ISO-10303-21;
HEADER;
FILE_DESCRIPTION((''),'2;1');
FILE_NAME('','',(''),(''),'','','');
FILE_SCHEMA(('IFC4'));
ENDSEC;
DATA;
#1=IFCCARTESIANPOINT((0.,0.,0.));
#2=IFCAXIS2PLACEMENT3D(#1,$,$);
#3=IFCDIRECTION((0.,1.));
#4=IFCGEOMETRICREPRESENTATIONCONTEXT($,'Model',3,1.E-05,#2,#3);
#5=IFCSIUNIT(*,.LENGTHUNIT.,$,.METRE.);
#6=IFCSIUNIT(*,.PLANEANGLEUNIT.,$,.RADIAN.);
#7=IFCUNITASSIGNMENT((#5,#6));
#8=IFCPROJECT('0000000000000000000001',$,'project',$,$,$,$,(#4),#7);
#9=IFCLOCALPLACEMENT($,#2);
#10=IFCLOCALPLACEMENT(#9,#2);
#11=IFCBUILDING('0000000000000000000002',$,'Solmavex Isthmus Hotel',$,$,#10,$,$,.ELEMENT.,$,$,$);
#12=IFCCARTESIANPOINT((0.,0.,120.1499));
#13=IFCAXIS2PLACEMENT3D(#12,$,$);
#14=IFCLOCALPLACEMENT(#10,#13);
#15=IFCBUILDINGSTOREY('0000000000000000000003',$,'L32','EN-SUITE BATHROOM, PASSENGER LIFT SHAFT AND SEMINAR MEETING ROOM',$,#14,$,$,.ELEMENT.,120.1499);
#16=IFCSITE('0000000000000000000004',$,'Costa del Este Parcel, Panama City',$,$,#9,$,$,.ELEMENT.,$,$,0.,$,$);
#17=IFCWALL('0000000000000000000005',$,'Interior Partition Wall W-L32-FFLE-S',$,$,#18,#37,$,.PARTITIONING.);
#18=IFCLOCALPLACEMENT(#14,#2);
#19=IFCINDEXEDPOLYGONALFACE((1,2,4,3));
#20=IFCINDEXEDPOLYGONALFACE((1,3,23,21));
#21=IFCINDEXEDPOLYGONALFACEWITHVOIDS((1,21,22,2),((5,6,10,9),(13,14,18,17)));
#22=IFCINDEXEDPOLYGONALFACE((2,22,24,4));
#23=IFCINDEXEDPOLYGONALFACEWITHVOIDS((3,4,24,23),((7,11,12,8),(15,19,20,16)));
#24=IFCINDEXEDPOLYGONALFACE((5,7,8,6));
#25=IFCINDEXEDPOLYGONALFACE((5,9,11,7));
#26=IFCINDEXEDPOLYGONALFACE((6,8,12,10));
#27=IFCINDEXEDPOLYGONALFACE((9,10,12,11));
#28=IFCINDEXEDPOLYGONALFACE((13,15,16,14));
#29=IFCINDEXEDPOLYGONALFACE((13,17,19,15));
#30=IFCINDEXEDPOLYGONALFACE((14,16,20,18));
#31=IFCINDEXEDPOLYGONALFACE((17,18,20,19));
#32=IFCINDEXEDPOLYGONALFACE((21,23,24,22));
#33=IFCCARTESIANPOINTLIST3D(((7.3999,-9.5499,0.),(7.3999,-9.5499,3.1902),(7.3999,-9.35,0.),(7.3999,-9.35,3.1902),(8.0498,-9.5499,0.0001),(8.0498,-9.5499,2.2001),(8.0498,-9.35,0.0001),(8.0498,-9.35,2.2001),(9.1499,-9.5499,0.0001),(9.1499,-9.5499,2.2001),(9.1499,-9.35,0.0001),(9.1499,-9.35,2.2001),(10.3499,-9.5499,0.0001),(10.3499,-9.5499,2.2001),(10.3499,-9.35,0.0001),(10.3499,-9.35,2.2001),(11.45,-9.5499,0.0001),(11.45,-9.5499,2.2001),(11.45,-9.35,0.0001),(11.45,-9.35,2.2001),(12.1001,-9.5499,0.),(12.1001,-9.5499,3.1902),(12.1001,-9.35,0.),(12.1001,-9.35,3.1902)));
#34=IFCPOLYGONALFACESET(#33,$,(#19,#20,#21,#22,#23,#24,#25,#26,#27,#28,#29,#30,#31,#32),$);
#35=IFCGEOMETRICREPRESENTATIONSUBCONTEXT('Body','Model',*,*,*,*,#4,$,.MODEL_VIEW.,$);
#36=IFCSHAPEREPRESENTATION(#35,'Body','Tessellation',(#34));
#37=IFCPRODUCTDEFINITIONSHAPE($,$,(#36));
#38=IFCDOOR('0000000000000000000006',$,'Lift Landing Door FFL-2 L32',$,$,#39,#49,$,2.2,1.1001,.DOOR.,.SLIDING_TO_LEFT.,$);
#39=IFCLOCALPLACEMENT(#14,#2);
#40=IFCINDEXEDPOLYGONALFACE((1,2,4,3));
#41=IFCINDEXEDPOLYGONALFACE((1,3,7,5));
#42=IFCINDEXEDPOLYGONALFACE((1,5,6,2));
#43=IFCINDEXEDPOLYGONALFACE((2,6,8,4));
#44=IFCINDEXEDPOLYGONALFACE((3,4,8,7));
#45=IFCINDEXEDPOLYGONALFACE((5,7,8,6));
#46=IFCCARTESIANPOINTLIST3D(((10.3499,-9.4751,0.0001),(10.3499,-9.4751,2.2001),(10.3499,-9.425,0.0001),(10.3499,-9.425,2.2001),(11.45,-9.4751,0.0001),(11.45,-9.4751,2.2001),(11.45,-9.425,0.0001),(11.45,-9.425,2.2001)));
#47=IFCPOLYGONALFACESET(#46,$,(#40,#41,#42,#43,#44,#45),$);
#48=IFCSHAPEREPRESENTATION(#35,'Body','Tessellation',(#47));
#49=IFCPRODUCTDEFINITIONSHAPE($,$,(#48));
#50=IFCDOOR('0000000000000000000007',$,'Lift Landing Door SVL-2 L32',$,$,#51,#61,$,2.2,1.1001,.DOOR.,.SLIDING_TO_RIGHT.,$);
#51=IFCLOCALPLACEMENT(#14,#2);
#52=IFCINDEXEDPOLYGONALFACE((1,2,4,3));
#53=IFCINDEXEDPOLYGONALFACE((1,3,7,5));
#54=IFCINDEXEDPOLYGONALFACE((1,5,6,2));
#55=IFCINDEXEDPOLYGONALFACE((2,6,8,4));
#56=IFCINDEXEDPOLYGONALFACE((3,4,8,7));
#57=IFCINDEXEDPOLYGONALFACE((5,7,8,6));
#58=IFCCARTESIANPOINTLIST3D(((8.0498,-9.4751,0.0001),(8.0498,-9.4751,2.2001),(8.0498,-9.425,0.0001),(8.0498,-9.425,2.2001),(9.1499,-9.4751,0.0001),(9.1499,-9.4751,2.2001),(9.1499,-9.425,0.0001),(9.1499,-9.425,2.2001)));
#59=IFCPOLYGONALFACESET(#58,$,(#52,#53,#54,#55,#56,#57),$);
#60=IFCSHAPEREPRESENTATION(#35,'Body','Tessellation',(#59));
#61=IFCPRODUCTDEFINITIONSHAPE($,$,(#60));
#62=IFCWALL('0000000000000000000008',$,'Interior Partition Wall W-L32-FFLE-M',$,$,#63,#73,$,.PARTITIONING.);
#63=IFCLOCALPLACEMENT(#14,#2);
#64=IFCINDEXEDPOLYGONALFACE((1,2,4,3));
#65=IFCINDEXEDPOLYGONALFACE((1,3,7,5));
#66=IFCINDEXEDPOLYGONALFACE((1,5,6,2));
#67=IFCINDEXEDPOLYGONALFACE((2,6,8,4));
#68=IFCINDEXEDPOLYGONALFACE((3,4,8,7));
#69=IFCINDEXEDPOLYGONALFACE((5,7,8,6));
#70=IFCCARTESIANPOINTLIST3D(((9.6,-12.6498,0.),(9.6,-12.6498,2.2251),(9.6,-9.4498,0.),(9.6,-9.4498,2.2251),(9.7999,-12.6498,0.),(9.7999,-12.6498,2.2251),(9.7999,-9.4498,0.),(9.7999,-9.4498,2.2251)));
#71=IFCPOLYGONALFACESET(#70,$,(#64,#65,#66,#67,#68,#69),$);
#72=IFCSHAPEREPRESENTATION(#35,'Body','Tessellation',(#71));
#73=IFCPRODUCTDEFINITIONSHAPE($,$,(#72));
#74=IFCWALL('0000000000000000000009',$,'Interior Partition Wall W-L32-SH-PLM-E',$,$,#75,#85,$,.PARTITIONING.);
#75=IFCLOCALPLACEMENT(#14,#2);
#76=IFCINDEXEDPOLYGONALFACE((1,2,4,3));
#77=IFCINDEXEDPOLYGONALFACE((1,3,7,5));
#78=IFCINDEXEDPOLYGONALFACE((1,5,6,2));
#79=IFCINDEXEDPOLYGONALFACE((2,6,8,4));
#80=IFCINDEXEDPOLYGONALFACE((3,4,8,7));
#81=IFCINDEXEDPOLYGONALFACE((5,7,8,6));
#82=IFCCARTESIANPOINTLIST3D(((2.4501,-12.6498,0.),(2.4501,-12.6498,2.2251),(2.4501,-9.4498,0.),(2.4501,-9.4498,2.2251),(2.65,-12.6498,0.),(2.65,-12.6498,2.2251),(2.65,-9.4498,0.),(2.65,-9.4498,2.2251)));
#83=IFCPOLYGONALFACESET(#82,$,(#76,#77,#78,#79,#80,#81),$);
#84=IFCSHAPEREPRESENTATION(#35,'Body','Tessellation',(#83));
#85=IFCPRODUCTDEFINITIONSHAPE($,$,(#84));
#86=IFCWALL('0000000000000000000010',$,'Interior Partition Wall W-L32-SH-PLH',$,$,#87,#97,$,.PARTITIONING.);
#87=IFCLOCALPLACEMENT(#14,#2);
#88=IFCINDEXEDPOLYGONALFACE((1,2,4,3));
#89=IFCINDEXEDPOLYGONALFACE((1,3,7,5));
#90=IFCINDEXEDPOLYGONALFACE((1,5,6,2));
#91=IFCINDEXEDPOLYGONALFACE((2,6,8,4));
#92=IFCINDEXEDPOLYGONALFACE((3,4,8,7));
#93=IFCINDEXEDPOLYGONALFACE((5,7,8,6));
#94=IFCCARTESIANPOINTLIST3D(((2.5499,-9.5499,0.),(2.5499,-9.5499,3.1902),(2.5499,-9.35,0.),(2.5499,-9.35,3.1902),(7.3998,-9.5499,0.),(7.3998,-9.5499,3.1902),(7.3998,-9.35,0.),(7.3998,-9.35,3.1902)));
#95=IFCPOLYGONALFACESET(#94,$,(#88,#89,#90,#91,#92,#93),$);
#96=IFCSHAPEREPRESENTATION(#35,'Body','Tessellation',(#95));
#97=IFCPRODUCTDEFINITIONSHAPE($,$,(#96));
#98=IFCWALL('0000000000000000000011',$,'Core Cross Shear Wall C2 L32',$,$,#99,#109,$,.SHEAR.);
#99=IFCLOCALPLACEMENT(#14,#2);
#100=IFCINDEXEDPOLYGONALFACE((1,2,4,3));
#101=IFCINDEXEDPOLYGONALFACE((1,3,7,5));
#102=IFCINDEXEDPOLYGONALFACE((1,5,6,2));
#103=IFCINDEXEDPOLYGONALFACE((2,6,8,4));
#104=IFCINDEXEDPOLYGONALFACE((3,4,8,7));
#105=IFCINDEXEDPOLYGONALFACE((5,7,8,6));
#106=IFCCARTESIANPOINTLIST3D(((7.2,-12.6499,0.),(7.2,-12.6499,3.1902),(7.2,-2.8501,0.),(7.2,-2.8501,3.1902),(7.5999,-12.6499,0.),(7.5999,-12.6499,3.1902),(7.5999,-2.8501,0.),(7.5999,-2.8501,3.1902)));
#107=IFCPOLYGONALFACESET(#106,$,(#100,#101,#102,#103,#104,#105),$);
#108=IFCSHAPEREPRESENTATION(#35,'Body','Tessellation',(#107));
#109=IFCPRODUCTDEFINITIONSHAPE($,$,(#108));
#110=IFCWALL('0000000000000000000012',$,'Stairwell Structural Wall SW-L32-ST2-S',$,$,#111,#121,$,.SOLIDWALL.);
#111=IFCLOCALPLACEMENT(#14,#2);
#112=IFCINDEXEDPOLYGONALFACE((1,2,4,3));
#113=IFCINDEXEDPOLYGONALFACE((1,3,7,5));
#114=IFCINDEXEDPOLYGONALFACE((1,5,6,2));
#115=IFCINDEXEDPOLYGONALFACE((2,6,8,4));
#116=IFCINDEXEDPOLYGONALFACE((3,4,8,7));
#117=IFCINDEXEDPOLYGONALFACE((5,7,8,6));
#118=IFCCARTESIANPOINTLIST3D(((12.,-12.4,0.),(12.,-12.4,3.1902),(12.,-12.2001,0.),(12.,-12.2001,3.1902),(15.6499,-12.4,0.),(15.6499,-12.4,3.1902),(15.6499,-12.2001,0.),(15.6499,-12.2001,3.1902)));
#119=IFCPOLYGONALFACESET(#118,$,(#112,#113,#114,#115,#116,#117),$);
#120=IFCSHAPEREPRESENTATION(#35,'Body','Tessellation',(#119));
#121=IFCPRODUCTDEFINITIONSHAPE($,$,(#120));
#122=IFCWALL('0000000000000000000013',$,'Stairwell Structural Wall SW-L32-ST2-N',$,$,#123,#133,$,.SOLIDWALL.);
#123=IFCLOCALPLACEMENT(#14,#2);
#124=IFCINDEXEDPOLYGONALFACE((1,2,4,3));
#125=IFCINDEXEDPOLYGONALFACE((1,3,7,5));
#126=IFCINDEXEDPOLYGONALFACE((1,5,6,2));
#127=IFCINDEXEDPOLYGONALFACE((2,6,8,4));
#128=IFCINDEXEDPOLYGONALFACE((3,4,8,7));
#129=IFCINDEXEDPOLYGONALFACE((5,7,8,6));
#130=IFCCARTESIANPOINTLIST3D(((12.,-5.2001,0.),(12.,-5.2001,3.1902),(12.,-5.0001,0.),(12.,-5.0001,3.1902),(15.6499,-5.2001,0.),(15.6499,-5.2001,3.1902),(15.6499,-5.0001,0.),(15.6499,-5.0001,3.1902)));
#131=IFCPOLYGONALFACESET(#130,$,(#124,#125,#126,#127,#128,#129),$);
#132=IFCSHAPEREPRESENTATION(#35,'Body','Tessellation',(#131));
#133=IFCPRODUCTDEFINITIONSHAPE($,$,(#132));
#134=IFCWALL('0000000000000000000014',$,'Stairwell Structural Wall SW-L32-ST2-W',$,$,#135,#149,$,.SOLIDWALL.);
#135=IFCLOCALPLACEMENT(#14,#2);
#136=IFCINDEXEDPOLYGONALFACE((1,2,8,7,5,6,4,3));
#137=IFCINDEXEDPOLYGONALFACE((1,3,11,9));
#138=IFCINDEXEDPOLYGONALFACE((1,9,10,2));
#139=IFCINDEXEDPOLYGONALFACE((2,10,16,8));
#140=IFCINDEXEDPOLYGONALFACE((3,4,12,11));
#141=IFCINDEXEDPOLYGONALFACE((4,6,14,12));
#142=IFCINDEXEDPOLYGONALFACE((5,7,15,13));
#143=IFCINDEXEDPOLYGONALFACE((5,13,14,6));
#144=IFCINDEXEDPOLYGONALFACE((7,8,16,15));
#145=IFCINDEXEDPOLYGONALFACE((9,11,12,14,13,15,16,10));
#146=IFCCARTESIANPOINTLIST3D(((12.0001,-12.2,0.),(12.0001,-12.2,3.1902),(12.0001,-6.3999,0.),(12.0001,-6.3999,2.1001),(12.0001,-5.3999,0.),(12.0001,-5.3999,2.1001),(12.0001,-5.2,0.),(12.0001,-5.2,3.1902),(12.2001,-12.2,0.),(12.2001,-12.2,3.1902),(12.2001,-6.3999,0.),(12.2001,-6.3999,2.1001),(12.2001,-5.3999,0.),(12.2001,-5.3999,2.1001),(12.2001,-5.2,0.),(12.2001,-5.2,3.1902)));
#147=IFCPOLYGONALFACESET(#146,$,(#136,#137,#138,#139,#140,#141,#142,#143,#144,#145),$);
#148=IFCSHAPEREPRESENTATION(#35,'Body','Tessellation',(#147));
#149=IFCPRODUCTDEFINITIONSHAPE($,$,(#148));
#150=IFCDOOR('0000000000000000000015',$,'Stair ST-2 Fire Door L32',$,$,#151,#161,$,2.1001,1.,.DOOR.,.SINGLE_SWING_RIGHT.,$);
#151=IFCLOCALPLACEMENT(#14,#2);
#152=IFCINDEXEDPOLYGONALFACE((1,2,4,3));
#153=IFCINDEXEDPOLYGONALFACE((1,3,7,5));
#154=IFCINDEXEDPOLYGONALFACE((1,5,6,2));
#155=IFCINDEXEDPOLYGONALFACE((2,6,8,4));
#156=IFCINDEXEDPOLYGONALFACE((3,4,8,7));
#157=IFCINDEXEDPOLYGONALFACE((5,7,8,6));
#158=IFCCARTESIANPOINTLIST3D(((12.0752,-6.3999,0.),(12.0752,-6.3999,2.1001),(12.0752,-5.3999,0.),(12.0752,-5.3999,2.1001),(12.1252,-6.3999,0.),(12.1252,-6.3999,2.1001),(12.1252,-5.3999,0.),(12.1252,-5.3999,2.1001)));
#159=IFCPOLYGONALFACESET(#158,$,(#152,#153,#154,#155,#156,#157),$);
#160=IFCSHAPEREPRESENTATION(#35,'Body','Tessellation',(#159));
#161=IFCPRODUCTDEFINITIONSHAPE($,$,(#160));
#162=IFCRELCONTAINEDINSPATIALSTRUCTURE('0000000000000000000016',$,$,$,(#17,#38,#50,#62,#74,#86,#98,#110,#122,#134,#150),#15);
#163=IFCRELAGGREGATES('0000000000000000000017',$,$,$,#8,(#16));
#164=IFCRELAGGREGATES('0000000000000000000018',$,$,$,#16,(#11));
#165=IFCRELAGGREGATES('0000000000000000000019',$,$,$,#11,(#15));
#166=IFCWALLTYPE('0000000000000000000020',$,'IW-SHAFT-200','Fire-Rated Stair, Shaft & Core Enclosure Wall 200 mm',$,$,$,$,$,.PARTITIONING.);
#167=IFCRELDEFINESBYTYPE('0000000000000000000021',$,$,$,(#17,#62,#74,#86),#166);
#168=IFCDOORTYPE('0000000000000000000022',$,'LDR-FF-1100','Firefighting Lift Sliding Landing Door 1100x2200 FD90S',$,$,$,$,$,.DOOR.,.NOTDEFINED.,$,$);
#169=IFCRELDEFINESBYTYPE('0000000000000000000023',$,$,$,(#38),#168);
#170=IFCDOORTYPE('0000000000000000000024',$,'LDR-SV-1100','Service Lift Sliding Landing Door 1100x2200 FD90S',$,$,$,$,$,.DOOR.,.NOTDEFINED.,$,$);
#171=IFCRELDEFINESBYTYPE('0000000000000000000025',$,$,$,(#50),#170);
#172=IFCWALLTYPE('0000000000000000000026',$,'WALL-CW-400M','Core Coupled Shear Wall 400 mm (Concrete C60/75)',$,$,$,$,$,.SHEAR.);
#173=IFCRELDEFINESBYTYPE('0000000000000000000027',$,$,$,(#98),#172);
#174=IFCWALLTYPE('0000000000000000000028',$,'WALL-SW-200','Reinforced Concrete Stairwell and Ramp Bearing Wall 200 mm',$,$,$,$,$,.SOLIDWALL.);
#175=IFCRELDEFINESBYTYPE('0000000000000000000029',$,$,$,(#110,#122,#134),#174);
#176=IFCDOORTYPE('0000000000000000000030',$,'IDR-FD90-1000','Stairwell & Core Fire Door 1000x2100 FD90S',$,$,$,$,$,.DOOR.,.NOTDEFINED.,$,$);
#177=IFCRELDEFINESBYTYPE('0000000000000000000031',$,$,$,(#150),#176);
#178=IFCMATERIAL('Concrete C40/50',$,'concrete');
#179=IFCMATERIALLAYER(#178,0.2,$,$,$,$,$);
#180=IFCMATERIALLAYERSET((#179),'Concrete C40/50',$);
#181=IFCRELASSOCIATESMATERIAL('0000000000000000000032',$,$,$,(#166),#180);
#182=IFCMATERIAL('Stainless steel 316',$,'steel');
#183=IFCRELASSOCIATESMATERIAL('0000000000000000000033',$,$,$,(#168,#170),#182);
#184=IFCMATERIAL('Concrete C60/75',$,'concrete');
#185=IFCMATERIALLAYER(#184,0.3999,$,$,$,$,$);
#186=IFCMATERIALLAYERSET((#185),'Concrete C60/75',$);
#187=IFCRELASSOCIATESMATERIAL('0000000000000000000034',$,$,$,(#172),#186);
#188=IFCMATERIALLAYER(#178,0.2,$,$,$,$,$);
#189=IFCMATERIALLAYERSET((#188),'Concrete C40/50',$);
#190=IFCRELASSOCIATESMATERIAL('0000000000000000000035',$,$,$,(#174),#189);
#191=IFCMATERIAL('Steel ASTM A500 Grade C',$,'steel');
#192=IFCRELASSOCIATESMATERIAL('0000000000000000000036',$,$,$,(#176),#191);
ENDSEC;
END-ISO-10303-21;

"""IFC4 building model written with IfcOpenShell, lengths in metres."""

from ifc_helpers import new_model, si_unit, direction, frame, frame_2d, origin, place, context, subcontext, project, spatial, rectangle, extrude, material, layer, layer_set, type_object, element, fill, save


model = new_model("IFC4")

# Units and contexts
model_context = context("Model", 3, precision=1e-05, world=origin(), true_north=direction((0.0, 1.0)))
body_context = subcontext(model_context, "Body", "Model", "MODEL_VIEW")
ifc_project = project(units=[si_unit("LENGTHUNIT", "METRE"), si_unit("PLANEANGLEUNIT", "RADIAN")], contexts=[model_context])

# Site, building, storey
site_placement = place(None, origin())
site = spatial("IfcSite", under=ifc_project, at=site_placement, Name="Costa del Este Parcel, Panama City", CompositionType="ELEMENT", RefElevation=0.0)
building_placement = place(site_placement, origin())
building = spatial("IfcBuilding", under=site, at=building_placement, Name="Solmavex Isthmus Hotel", CompositionType="ELEMENT")
storey_placement = place(building_placement, frame((0.0, 0.0, 120.1499)))
storey = spatial("IfcBuildingStorey", under=building, at=storey_placement, Name="L32", Description="EN-SUITE BATHROOM, PASSENGER LIFT SHAFT AND SEMINAR MEETING ROOM", CompositionType="ELEMENT", Elevation=120.1499)

# Shared definitions
ifc_material_1 = material(Name="Concrete C60/75", Category="concrete")

# Shared definitions
ifc_material_2 = material(Name="Concrete C40/50", Category="concrete")

# Shared definitions
ifc_layer_1 = layer(ifc_material_2, 0.2)
ifc_layer_set_1 = layer_set([ifc_layer_1], Name="Concrete C40/50")
wall_type_1 = type_object("IfcWallType", Name="IW-SHAFT-200", Description="Fire-Rated Stair, Shaft & Core Enclosure Wall 200 mm", PredefinedType="PARTITIONING", material=ifc_layer_set_1)
ifc_material_3 = material(Name="Steel ASTM A500 Grade C", Category="steel")

# Wall, openings, doors
wall_1_placement = place(storey_placement, frame((7.3999, -9.45, 0.0), z_axis=(0.0, 0.0, 1.0), x_axis=(1.0, 0.0, 0.0)))
wall_1 = element("IfcWall", 1, at=wall_1_placement, inside=storey, type_object=wall_type_1, Name="Interior Partition Wall W-L32-FFLE-S", PredefinedType="PARTITIONING", context=body_context, shape_type="SweptSolid", body=[
    extrude(rectangle(XDim=4.7002, YDim=0.2, at=frame_2d((2.3501, 0.0))), origin(), (0.0, 0.0, 1.0), 3.1902),
])
opening_1_placement = place(wall_1_placement, frame((2.95, 0.0, 0.0)))
opening_1 = element("IfcOpeningElement", 2, at=opening_1_placement, cuts=wall_1, PredefinedType="OPENING", context=body_context, shape_type="SweptSolid", body=[
    extrude(rectangle(XDim=1.1001, YDim=2.2, at=frame_2d((0.55, 1.1001))), frame((0.0, 0.1099, 0.0), z_axis=(0.0, -1.0, 0.0), x_axis=(1.0, 0.0, 0.0)), (0.0, 0.0, 1.0), 0.22),
])
opening_2_placement = place(wall_1_placement, frame((0.6499, 0.0, 0.0)))
opening_2 = element("IfcOpeningElement", 3, at=opening_2_placement, cuts=wall_1, PredefinedType="OPENING", context=body_context, shape_type="SweptSolid", body=[
    extrude(rectangle(XDim=1.1001, YDim=2.2, at=frame_2d((0.55, 1.1001))), frame((0.0, 0.1099, 0.0), z_axis=(0.0, -1.0, 0.0), x_axis=(1.0, 0.0, 0.0)), (0.0, 0.0, 1.0), 0.22),
])
ifc_material_4 = material(Name="Stainless steel 316", Category="steel")
door_type_1 = type_object("IfcDoorType", Name="LDR-FF-1100", Description="Firefighting Lift Sliding Landing Door 1100x2200 FD90S", OperationType="NOTDEFINED", PredefinedType="DOOR", material=ifc_material_4)
door_1_placement = place(opening_1_placement, origin())
door_1 = element("IfcDoor", 4, at=door_1_placement, inside=storey, type_object=door_type_1, Name="Lift Landing Door FFL-2 L32", OperationType="SLIDING_TO_LEFT", OverallHeight=2.2, OverallWidth=1.1001, PredefinedType="DOOR", context=body_context, shape_type="SweptSolid", body=[
    extrude(rectangle(XDim=1.1001, YDim=2.2, at=frame_2d((0.55, 1.1001))), frame((0.0, 0.0249, 0.0), z_axis=(0.0, -1.0, 0.0), x_axis=(1.0, 0.0, 0.0)), (0.0, 0.0, 1.0), 0.05),
])
fill(opening_1, door_1)
door_type_2 = type_object("IfcDoorType", Name="LDR-SV-1100", Description="Service Lift Sliding Landing Door 1100x2200 FD90S", OperationType="NOTDEFINED", PredefinedType="DOOR", material=ifc_material_4)
door_2_placement = place(opening_2_placement, origin())
door_2 = element("IfcDoor", 5, at=door_2_placement, inside=storey, type_object=door_type_2, Name="Lift Landing Door SVL-2 L32", OperationType="SLIDING_TO_RIGHT", OverallHeight=2.2, OverallWidth=1.1001, PredefinedType="DOOR", context=body_context, shape_type="SweptSolid", body=[
    extrude(rectangle(XDim=1.1001, YDim=2.2, at=frame_2d((0.55, 1.1001))), frame((0.0, 0.0249, 0.0), z_axis=(0.0, -1.0, 0.0), x_axis=(1.0, 0.0, 0.0)), (0.0, 0.0, 1.0), 0.05),
])
fill(opening_2, door_2)

# Walls
for number, where, z_axis, x_axis, name in (
    (6, (9.7, -12.6499, 0.0), (0.0, 0.0, 1.0), (0.0, 1.0, 0.0), "Interior Partition Wall W-L32-FFLE-M"),
    (7, (2.55, -12.6499, 0.0), (0.0, 0.0, 1.0), (0.0, 1.0, 0.0), "Interior Partition Wall W-L32-SH-PLM-E"),
):
    element("IfcWall", number, at=place(storey_placement, frame(where, z_axis=z_axis, x_axis=x_axis)), inside=storey, type_object=wall_type_1, Name=name, PredefinedType="PARTITIONING", context=body_context, shape_type="SweptSolid", body=[
        extrude(rectangle(XDim=3.2, YDim=0.2, at=frame_2d((1.6001, 0.0))), origin(), (0.0, 0.0, 1.0), 2.2251),
    ])
wall_2_placement = place(storey_placement, frame((2.55, -9.45, 0.0), z_axis=(0.0, 0.0, 1.0), x_axis=(1.0, 0.0, 0.0)))
element("IfcWall", 8, at=wall_2_placement, inside=storey, type_object=wall_type_1, Name="Interior Partition Wall W-L32-SH-PLH", PredefinedType="PARTITIONING", context=body_context, shape_type="SweptSolid", body=[
    extrude(rectangle(XDim=4.8499, YDim=0.2, at=frame_2d((2.4248, 0.0))), origin(), (0.0, 0.0, 1.0), 3.1902),
])
ifc_layer_2 = layer(ifc_material_1, 0.3999)
ifc_layer_set_2 = layer_set([ifc_layer_2], Name="Concrete C60/75")
wall_type_2 = type_object("IfcWallType", Name="WALL-CW-400M", Description="Core Coupled Shear Wall 400 mm (Concrete C60/75)", PredefinedType="SHEAR", material=ifc_layer_set_2)
wall_3_placement = place(storey_placement, frame((7.3999, -12.6499, 0.0), z_axis=(0.0, 0.0, 1.0), x_axis=(0.0, 1.0, 0.0)))
element("IfcWall", 9, at=wall_3_placement, inside=storey, type_object=wall_type_2, Name="Core Cross Shear Wall C2 L32", PredefinedType="SHEAR", context=body_context, shape_type="SweptSolid", body=[
    extrude(rectangle(XDim=9.7998, YDim=0.3999, at=frame_2d((4.8999, 0.0))), origin(), (0.0, 0.0, 1.0), 3.1902),
])
ifc_layer_3 = layer(ifc_material_2, 0.2)
ifc_layer_set_3 = layer_set([ifc_layer_3], Name="Concrete C40/50")
wall_type_3 = type_object("IfcWallType", Name="WALL-SW-200", Description="Reinforced Concrete Stairwell and Ramp Bearing Wall 200 mm", PredefinedType="SOLIDWALL", material=ifc_layer_set_3)
for number, where, z_axis, x_axis, name in (
    (10, (12.0, -12.3, 0.0), (0.0, 0.0, 1.0), (1.0, 0.0, 0.0), "Stairwell Structural Wall SW-L32-ST2-S"),
    (11, (12.0, -5.1001, 0.0), (0.0, 0.0, 1.0), (1.0, 0.0, 0.0), "Stairwell Structural Wall SW-L32-ST2-N"),
):
    element("IfcWall", number, at=place(storey_placement, frame(where, z_axis=z_axis, x_axis=x_axis)), inside=storey, type_object=wall_type_3, Name=name, PredefinedType="SOLIDWALL", context=body_context, shape_type="SweptSolid", body=[
        extrude(rectangle(XDim=3.6499, YDim=0.2, at=frame_2d((1.825, 0.0))), origin(), (0.0, 0.0, 1.0), 3.1902),
    ])

# Wall, opening, door
wall_4_placement = place(storey_placement, frame((12.1001, -12.2, 0.0), z_axis=(0.0, 0.0, 1.0), x_axis=(0.0, 1.0, 0.0)))
wall_4 = element("IfcWall", 12, at=wall_4_placement, inside=storey, type_object=wall_type_3, Name="Stairwell Structural Wall SW-L32-ST2-W", PredefinedType="SOLIDWALL", context=body_context, shape_type="SweptSolid", body=[
    extrude(rectangle(XDim=7.0, YDim=0.2, at=frame_2d((3.5, 0.0))), origin(), (0.0, 0.0, 1.0), 3.1902),
])
opening_3_placement = place(wall_4_placement, frame((5.8, 0.0, 0.0)))
opening_3 = element("IfcOpeningElement", 13, at=opening_3_placement, cuts=wall_4, PredefinedType="OPENING", context=body_context, shape_type="SweptSolid", body=[
    extrude(rectangle(XDim=1.0, YDim=2.1001, at=frame_2d((0.5, 1.05))), frame((0.0, 0.1099, 0.0), z_axis=(0.0, -1.0, 0.0), x_axis=(1.0, 0.0, 0.0)), (0.0, 0.0, 1.0), 0.22),
])
door_type_3 = type_object("IfcDoorType", Name="IDR-FD90-1000", Description="Stairwell & Core Fire Door 1000x2100 FD90S", OperationType="NOTDEFINED", PredefinedType="DOOR", material=ifc_material_3)
door_3_placement = place(opening_3_placement, origin())
door_3 = element("IfcDoor", 14, at=door_3_placement, inside=storey, type_object=door_type_3, Name="Stair ST-2 Fire Door L32", OperationType="SINGLE_SWING_RIGHT", OverallHeight=2.1001, OverallWidth=1.0, PredefinedType="DOOR", context=body_context, shape_type="SweptSolid", body=[
    extrude(rectangle(XDim=1.0, YDim=2.1001, at=frame_2d((0.5, 1.05))), frame((0.0, 0.0249, 0.0), z_axis=(0.0, -1.0, 0.0), x_axis=(1.0, 0.0, 0.0)), (0.0, 0.0, 1.0), 0.05),
])
fill(opening_3, door_3)

save(model, "model.ifc")
